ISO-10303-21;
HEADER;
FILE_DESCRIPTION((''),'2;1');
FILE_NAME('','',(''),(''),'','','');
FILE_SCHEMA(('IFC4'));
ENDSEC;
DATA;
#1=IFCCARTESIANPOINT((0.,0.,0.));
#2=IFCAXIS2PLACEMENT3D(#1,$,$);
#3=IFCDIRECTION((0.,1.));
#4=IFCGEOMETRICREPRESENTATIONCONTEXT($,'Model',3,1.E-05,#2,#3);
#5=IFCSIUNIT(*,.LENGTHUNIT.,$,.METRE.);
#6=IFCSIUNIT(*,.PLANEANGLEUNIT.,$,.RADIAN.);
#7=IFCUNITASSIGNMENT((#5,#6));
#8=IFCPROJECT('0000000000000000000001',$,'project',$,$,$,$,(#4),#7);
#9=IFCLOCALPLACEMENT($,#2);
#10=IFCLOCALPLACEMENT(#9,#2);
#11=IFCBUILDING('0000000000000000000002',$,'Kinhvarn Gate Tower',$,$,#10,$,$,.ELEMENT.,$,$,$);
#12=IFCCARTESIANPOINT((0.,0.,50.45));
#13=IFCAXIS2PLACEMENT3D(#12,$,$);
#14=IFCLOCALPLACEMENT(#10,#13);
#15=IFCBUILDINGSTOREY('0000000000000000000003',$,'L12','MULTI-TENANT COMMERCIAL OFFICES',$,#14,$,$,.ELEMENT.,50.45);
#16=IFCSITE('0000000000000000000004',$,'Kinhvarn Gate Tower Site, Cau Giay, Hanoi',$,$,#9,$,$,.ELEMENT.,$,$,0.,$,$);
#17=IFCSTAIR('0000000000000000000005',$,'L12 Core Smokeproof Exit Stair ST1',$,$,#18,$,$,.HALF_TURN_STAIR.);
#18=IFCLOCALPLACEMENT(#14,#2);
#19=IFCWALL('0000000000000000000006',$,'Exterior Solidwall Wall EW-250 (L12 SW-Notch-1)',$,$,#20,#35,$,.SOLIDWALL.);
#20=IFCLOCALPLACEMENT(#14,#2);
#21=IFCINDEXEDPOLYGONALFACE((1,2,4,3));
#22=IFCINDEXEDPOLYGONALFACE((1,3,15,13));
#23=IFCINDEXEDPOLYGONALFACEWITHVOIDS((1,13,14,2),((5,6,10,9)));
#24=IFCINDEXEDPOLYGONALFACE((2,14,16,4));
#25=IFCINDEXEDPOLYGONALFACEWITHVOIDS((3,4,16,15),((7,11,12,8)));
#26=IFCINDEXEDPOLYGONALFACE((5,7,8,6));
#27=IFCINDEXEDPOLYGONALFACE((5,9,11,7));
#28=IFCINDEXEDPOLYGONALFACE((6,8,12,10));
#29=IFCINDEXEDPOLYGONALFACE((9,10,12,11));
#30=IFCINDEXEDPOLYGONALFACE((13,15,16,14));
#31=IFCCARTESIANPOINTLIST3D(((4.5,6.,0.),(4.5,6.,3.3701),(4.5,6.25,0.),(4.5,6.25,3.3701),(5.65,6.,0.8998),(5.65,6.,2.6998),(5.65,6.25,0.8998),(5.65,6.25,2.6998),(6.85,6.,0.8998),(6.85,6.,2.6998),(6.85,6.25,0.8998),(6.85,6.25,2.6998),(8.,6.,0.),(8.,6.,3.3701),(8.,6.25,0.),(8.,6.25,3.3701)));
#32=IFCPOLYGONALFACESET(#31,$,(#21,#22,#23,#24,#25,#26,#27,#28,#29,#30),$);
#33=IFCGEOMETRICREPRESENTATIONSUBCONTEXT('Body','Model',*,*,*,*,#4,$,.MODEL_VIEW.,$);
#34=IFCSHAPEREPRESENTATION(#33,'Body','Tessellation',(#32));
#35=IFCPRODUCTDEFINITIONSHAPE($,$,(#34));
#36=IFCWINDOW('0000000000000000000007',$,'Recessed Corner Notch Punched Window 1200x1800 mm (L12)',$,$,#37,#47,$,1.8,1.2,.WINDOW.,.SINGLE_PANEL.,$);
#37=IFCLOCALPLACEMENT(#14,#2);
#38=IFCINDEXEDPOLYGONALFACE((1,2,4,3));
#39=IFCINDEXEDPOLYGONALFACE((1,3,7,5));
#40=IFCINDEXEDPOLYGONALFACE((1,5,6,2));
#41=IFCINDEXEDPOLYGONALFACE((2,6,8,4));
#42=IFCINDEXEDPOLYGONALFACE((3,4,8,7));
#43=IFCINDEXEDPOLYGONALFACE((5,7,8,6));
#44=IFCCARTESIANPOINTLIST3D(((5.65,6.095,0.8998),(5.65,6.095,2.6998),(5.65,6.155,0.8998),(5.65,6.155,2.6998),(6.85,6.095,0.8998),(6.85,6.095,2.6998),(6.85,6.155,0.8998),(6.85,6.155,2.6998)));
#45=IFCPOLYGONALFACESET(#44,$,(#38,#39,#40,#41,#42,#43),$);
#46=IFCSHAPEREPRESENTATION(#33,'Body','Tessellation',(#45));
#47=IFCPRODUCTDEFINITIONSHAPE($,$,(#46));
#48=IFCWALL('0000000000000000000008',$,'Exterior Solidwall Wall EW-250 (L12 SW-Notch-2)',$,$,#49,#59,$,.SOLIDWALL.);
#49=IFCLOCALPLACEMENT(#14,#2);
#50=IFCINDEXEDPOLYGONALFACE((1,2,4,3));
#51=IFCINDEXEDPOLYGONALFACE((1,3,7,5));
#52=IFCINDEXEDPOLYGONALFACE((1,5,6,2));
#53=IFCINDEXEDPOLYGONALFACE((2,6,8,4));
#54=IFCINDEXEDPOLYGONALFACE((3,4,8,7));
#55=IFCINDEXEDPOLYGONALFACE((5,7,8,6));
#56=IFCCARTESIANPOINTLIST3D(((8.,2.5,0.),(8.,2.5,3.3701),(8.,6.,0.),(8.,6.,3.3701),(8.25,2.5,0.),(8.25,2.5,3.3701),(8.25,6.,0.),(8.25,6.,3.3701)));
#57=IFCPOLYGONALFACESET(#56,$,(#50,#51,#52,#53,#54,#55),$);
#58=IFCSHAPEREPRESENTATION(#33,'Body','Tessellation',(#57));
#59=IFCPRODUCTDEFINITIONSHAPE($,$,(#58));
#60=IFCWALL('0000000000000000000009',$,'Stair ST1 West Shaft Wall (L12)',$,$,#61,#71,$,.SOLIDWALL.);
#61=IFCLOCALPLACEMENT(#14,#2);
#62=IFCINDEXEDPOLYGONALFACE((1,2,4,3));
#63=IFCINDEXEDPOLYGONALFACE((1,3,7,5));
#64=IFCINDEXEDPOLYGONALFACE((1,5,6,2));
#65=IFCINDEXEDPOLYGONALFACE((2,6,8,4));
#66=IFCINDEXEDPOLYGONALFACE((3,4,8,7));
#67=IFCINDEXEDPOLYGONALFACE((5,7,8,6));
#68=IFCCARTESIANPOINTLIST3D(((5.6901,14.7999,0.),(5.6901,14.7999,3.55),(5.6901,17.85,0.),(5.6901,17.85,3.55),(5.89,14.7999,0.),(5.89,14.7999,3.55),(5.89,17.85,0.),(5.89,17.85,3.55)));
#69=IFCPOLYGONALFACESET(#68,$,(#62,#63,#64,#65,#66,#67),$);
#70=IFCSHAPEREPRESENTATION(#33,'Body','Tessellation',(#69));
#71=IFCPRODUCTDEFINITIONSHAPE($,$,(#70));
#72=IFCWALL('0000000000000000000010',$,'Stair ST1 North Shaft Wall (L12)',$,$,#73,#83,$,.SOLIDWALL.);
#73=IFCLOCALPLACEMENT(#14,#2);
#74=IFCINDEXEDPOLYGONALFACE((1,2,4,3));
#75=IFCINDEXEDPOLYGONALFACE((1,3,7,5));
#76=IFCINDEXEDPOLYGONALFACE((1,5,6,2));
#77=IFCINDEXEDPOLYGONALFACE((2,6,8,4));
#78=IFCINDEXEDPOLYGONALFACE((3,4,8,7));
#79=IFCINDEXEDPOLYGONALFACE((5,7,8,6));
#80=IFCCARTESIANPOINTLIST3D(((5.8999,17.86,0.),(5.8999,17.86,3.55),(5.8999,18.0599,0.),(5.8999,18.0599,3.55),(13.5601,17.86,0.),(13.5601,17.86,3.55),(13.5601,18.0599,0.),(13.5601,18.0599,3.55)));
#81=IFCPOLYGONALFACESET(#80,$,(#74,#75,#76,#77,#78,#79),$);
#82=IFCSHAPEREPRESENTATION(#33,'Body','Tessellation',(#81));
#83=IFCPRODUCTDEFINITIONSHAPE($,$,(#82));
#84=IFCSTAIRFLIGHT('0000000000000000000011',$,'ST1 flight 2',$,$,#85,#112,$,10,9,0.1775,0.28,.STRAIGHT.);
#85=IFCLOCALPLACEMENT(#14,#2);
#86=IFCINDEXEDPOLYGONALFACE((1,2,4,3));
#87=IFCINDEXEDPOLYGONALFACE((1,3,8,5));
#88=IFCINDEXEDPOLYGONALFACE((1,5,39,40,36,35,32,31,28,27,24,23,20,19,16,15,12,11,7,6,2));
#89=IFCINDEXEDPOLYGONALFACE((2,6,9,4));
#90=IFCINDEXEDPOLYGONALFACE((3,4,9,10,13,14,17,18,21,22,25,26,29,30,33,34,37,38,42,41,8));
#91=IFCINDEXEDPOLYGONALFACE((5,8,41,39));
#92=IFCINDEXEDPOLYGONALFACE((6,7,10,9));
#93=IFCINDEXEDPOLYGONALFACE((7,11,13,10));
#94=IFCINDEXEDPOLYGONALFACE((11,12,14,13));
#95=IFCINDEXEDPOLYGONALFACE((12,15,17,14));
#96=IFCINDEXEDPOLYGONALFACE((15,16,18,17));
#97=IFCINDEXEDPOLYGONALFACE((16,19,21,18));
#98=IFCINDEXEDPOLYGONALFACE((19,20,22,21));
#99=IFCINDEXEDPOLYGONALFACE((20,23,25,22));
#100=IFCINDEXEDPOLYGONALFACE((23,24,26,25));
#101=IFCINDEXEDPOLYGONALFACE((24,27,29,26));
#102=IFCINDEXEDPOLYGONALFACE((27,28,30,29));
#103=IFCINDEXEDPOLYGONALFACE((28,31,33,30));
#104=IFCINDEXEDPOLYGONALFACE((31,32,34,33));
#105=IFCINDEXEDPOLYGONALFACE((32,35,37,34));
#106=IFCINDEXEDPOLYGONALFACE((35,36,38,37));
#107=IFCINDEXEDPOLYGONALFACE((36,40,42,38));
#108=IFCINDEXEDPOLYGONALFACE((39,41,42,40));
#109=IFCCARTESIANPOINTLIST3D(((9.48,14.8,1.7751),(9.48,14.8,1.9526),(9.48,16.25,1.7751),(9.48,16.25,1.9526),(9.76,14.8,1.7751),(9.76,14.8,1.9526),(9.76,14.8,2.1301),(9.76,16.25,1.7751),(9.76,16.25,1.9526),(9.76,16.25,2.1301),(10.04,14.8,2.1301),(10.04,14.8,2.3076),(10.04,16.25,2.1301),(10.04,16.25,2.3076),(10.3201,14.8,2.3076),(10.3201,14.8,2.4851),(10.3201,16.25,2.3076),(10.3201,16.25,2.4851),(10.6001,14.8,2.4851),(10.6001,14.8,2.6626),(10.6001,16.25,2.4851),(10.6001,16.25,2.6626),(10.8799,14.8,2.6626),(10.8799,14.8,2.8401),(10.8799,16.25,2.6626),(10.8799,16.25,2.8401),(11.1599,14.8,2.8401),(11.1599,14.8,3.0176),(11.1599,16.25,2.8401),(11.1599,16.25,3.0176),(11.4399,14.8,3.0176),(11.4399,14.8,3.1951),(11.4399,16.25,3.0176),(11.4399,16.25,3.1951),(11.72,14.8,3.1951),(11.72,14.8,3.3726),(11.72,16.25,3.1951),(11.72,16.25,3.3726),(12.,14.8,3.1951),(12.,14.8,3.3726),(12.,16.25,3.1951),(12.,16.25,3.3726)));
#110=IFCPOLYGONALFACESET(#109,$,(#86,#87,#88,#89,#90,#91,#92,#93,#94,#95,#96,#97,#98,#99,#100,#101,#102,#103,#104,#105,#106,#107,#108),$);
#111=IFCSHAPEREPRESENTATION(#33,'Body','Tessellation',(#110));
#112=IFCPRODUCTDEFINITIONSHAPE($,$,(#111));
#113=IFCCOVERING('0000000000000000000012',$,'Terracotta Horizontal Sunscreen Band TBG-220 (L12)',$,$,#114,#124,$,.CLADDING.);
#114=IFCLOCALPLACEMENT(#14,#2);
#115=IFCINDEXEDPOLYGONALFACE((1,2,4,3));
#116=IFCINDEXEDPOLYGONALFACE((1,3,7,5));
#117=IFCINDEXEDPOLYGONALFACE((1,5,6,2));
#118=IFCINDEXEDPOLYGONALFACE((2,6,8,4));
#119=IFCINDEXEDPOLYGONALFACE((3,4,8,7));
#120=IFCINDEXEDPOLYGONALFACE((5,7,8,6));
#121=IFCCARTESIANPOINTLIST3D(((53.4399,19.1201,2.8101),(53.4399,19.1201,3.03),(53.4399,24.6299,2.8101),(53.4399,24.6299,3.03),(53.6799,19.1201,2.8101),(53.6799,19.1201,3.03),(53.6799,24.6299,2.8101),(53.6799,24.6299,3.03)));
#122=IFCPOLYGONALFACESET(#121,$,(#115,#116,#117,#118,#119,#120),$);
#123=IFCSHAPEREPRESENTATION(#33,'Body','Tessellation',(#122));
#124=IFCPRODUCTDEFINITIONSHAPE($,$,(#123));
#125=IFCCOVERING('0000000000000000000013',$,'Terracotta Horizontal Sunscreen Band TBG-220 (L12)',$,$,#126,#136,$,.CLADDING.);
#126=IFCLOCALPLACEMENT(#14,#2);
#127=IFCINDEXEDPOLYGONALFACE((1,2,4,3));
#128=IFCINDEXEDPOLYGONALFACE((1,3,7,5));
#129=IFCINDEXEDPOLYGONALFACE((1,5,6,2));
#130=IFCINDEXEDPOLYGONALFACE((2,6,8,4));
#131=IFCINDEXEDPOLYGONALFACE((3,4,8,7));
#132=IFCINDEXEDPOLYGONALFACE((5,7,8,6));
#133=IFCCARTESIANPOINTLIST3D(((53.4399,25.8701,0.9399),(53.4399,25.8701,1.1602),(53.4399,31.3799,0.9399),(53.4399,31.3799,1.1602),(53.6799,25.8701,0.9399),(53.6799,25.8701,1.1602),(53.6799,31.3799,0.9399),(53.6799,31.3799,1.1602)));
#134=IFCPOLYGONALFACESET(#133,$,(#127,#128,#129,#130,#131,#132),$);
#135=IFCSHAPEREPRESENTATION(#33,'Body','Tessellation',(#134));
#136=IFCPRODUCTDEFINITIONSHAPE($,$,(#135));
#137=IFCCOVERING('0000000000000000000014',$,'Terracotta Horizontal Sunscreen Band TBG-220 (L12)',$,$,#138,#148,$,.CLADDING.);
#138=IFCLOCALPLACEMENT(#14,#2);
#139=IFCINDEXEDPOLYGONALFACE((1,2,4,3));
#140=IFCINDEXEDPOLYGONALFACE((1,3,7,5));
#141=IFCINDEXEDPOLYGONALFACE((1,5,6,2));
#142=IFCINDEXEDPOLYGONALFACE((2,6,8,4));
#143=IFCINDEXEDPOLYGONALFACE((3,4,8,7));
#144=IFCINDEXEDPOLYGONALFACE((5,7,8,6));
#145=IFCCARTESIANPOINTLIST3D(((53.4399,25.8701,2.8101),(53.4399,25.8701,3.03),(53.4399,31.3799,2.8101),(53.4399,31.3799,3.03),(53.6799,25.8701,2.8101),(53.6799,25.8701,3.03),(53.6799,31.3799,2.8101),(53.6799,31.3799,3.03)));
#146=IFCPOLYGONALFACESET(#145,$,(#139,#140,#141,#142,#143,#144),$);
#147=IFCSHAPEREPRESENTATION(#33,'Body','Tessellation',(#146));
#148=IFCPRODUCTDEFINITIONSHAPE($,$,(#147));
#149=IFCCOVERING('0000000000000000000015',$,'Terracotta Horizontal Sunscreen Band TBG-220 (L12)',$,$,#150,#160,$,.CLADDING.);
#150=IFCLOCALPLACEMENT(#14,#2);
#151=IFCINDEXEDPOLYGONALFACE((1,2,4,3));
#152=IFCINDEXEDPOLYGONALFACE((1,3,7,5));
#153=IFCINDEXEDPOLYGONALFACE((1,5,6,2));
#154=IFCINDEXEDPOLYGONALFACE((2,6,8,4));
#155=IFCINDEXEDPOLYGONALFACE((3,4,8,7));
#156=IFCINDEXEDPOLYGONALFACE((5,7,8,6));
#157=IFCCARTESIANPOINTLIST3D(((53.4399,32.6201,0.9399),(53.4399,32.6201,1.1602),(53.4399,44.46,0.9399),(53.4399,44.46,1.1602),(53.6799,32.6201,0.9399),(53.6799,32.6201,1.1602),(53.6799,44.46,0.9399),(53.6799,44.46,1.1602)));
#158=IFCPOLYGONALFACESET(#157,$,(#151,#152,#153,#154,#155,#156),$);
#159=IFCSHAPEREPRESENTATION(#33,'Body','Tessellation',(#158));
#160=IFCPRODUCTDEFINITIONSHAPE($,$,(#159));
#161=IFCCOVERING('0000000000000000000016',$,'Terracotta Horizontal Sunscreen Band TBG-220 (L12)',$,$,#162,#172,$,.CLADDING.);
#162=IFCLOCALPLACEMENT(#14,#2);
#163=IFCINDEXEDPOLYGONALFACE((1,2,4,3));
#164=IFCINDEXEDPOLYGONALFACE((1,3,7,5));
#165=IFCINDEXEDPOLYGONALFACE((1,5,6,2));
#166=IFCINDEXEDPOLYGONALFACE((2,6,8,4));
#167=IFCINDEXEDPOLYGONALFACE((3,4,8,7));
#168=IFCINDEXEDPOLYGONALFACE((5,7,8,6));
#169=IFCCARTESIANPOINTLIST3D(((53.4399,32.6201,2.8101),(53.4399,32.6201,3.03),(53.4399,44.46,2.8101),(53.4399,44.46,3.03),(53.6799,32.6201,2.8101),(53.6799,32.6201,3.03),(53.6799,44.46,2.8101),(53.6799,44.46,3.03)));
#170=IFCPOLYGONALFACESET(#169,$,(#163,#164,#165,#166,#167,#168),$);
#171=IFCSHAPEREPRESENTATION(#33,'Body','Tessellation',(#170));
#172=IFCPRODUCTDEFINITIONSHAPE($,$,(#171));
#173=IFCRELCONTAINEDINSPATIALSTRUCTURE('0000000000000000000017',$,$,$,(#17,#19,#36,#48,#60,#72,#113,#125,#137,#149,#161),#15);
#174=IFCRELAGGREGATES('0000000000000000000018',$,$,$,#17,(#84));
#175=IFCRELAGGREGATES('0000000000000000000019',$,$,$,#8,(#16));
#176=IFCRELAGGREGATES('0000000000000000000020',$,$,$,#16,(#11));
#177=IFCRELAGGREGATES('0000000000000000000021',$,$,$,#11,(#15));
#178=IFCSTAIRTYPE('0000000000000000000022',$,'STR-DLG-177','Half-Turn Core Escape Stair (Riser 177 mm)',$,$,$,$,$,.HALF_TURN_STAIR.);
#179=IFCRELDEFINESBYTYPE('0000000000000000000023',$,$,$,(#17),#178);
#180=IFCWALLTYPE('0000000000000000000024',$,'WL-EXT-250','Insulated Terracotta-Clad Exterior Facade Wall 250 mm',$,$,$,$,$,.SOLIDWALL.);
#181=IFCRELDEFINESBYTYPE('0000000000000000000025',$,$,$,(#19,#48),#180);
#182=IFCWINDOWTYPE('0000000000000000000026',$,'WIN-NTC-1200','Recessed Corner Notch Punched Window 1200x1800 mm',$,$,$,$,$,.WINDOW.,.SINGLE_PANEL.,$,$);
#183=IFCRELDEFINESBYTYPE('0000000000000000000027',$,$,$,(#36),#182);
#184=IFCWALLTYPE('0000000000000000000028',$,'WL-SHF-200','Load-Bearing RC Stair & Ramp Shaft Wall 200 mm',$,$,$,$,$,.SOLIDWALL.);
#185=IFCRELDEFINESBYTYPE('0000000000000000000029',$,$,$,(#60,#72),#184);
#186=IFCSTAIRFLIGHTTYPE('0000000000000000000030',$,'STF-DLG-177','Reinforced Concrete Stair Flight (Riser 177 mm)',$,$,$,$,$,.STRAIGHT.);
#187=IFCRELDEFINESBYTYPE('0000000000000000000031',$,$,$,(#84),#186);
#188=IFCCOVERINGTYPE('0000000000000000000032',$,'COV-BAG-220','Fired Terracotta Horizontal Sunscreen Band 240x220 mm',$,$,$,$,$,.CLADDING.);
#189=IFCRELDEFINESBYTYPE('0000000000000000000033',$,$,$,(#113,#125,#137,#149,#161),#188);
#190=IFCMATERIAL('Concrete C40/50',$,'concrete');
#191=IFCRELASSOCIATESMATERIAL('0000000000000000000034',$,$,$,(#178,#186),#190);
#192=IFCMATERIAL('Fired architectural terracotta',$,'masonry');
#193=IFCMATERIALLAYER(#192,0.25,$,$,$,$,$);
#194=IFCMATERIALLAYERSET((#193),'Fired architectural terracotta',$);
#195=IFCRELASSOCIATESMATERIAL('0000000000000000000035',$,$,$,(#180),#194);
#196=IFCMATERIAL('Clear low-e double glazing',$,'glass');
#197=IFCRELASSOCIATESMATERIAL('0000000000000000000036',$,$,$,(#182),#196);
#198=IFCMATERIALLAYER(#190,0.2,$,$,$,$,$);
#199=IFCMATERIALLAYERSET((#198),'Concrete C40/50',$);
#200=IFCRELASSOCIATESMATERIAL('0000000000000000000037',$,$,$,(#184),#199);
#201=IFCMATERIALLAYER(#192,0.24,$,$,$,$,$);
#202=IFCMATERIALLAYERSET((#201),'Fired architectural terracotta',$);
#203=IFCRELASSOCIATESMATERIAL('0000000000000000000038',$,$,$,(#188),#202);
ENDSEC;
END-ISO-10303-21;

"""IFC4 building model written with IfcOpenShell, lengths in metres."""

from ifc_helpers import new_model, si_unit, direction, frame, frame_2d, origin, place, context, subcontext, project, spatial, polyline, rectangle, outline, extrude, material, layer, layer_set, type_object, element, fill, aggregate, save


model = new_model("IFC4")

# Units and contexts
model_context = context("Model", 3, precision=1e-05, world=origin(), true_north=direction((0.0, 1.0)))
body_context = subcontext(model_context, "Body", "Model", "MODEL_VIEW")
ifc_project = project(units=[si_unit("LENGTHUNIT", "METRE"), si_unit("PLANEANGLEUNIT", "RADIAN")], contexts=[model_context])

# Site, building, storey
site_placement = place(None, origin())
site = spatial("IfcSite", under=ifc_project, at=site_placement, Name="Kinhvarn Gate Tower Site, Cau Giay, Hanoi", CompositionType="ELEMENT", RefElevation=0.0)
building_placement = place(site_placement, origin())
building = spatial("IfcBuilding", under=site, at=building_placement, Name="Kinhvarn Gate Tower", CompositionType="ELEMENT")
storey_placement = place(building_placement, frame((0.0, 0.0, 50.45)))
storey = spatial("IfcBuildingStorey", under=building, at=storey_placement, Name="L12", Description="MULTI-TENANT COMMERCIAL OFFICES", CompositionType="ELEMENT", Elevation=50.45)

# Shared definitions
ifc_material_1 = material(Name="Clear low-e double glazing", Category="glass")

# Stair
ifc_material_2 = material(Name="Concrete C40/50", Category="concrete")
stair_type = type_object("IfcStairType", Name="STR-DLG-177", Description="Half-Turn Core Escape Stair (Riser 177 mm)", PredefinedType="HALF_TURN_STAIR", material=ifc_material_2)
stair_1_placement = place(storey_placement, origin())
stair_1 = element("IfcStair", 1, at=stair_1_placement, inside=storey, type_object=stair_type, Name="L12 Core Smokeproof Exit Stair ST1", PredefinedType="HALF_TURN_STAIR")

# Wall, opening, window
ifc_material_3 = material(Name="Fired architectural terracotta", Category="masonry")
ifc_layer_1 = layer(ifc_material_3, 0.25)
ifc_layer_set_1 = layer_set([ifc_layer_1], Name="Fired architectural terracotta")
wall_type_1 = type_object("IfcWallType", Name="WL-EXT-250", Description="Insulated Terracotta-Clad Exterior Facade Wall 250 mm", PredefinedType="SOLIDWALL", material=ifc_layer_set_1)
wall_1_placement = place(storey_placement, frame((4.5, 6.125, 0.0), z_axis=(0.0, 0.0, 1.0), x_axis=(1.0, 0.0, 0.0)))
wall_1 = element("IfcWall", 2, at=wall_1_placement, inside=storey, type_object=wall_type_1, Name="Exterior Solidwall Wall EW-250 (L12 SW-Notch-1)", PredefinedType="SOLIDWALL", context=body_context, shape_type="SweptSolid", body=[
    extrude(rectangle(XDim=3.5, YDim=0.25, at=frame_2d((1.75, 0.0))), origin(), (0.0, 0.0, 1.0), 3.3701),
])
opening_1_placement = place(wall_1_placement, frame((1.1499, 0.0, 0.8999)))
opening_1 = element("IfcOpeningElement", 3, at=opening_1_placement, cuts=wall_1, PredefinedType="OPENING", context=body_context, shape_type="SweptSolid", body=[
    extrude(rectangle(XDim=1.2, YDim=1.8, at=frame_2d((0.6001, 0.8999))), frame((0.0, 0.135, 0.0), z_axis=(0.0, -1.0, 0.0), x_axis=(1.0, 0.0, 0.0)), (0.0, 0.0, 1.0), 0.27),
])
window_type_1 = type_object("IfcWindowType", Name="WIN-NTC-1200", Description="Recessed Corner Notch Punched Window 1200x1800 mm", PartitioningType="SINGLE_PANEL", PredefinedType="WINDOW", material=ifc_material_1)
window_1_placement = place(opening_1_placement, origin())
window_1 = element("IfcWindow", 4, at=window_1_placement, inside=storey, type_object=window_type_1, Name="Recessed Corner Notch Punched Window 1200x1800 mm (L12)", OverallHeight=1.8, OverallWidth=1.2, PartitioningType="SINGLE_PANEL", PredefinedType="WINDOW", context=body_context, shape_type="SweptSolid", body=[
    extrude(rectangle(XDim=1.2, YDim=1.8, at=frame_2d((0.6001, 0.8999))), frame((0.0, 0.03, 0.0), z_axis=(0.0, -1.0, 0.0), x_axis=(1.0, 0.0, 0.0)), (0.0, 0.0, 1.0), 0.0601),
])
fill(opening_1, window_1)

# Walls
wall_2_placement = place(storey_placement, frame((8.125, 6.0, 0.0), z_axis=(0.0, 0.0, 1.0), x_axis=(0.0, -1.0, 0.0)))
element("IfcWall", 5, at=wall_2_placement, inside=storey, type_object=wall_type_1, Name="Exterior Solidwall Wall EW-250 (L12 SW-Notch-2)", PredefinedType="SOLIDWALL", context=body_context, shape_type="SweptSolid", body=[
    extrude(rectangle(XDim=3.5, YDim=0.25, at=frame_2d((1.75, 0.0))), origin(), (0.0, 0.0, 1.0), 3.3701),
])
ifc_layer_2 = layer(ifc_material_2, 0.2)
ifc_layer_set_2 = layer_set([ifc_layer_2], Name="Concrete C40/50")
wall_type_2 = type_object("IfcWallType", Name="WL-SHF-200", Description="Load-Bearing RC Stair & Ramp Shaft Wall 200 mm", PredefinedType="SOLIDWALL", material=ifc_layer_set_2)
wall_3_placement = place(storey_placement, frame((5.79, 14.8, 0.0), z_axis=(0.0, 0.0, 1.0), x_axis=(0.0, 1.0, 0.0)))
element("IfcWall", 6, at=wall_3_placement, inside=storey, type_object=wall_type_2, Name="Stair ST1 West Shaft Wall (L12)", PredefinedType="SOLIDWALL", context=body_context, shape_type="SweptSolid", body=[
    extrude(rectangle(XDim=3.05, YDim=0.2, at=frame_2d((1.5249, 0.0))), origin(), (0.0, 0.0, 1.0), 3.55),
])
wall_4_placement = place(storey_placement, frame((5.8999, 17.96, 0.0), z_axis=(0.0, 0.0, 1.0), x_axis=(1.0, 0.0, 0.0)))
element("IfcWall", 7, at=wall_4_placement, inside=storey, type_object=wall_type_2, Name="Stair ST1 North Shaft Wall (L12)", PredefinedType="SOLIDWALL", context=body_context, shape_type="SweptSolid", body=[
    extrude(rectangle(XDim=7.6602, YDim=0.2, at=frame_2d((3.8301, 0.0))), origin(), (0.0, 0.0, 1.0), 3.55),
])

# Stair flight
stair_flight_type = type_object("IfcStairFlightType", Name="STF-DLG-177", Description="Reinforced Concrete Stair Flight (Riser 177 mm)", PredefinedType="STRAIGHT", material=ifc_material_2)
stair_flight_placement = place(storey_placement, frame((9.48, 15.5249, 1.7751), z_axis=(0.0, 0.0, 1.0), x_axis=(1.0, 0.0, 0.0)))
stair_flight = element("IfcStairFlight", 8, at=stair_flight_placement, type_object=stair_flight_type, Name="ST1 flight 2", NumberOfRisers=10, NumberOfTreads=9, PredefinedType="STRAIGHT", RiserHeight=0.1775, TreadLength=0.28, context=body_context, shape_type="SweptSolid", body=[
    extrude(outline(polyline([(0.0, 0.0), (0.0, 0.1775), (0.28, 0.1775), (0.28, 0.355), (0.5601, 0.355), (0.5601, 0.5325), (0.8401, 0.5325), (0.8401, 0.71), (1.1201, 0.71), (1.1201, 0.8875), (1.3999, 0.8875), (1.3999, 1.0649), (1.6799, 1.0649), (1.6799, 1.2424), (1.96, 1.2424), (1.96, 1.4199), (2.24, 1.4199), (2.24, 1.5974), (2.52, 1.5974), (2.52, 1.7749), (2.52, 1.4199), (0.28, 0.0), (0.0, 0.0)])), frame((0.0, 0.7251, 0.0), z_axis=(0.0, -1.0, 0.0), x_axis=(1.0, 0.0, 0.0)), (0.0, 0.0, 1.0), 1.45),
])
aggregate(stair_1, [stair_flight])

# Coverings
ifc_layer_3 = layer(ifc_material_3, 0.24)
ifc_layer_set_3 = layer_set([ifc_layer_3], Name="Fired architectural terracotta")
covering_type_1 = type_object("IfcCoveringType", Name="COV-BAG-220", Description="Fired Terracotta Horizontal Sunscreen Band 240x220 mm", PredefinedType="CLADDING", material=ifc_layer_set_3)
covering_1_placement = place(storey_placement, frame((0.0, 0.0, 2.8101)))
element("IfcCovering", 9, at=covering_1_placement, inside=storey, type_object=covering_type_1, Name="Terracotta Horizontal Sunscreen Band TBG-220 (L12)", PredefinedType="CLADDING", context=body_context, shape_type="SweptSolid", body=[
    extrude(outline(polyline([(53.4399, 19.1201), (53.4399, 24.6299), (53.6799, 24.6299), (53.6799, 19.1201), (53.4399, 19.1201)])), origin(), (0.0, 0.0, 1.0), 0.22),
])
covering_2_placement = place(storey_placement, frame((0.0, 0.0, 0.9399)))
element("IfcCovering", 10, at=covering_2_placement, inside=storey, type_object=covering_type_1, Name="Terracotta Horizontal Sunscreen Band TBG-220 (L12)", PredefinedType="CLADDING", context=body_context, shape_type="SweptSolid", body=[
    extrude(outline(polyline([(53.4399, 25.8701), (53.4399, 31.3799), (53.6799, 31.3799), (53.6799, 25.8701), (53.4399, 25.8701)])), origin(), (0.0, 0.0, 1.0), 0.2202),
])
covering_3_placement = place(storey_placement, frame((0.0, 0.0, 2.8101)))
element("IfcCovering", 11, at=covering_3_placement, inside=storey, type_object=covering_type_1, Name="Terracotta Horizontal Sunscreen Band TBG-220 (L12)", PredefinedType="CLADDING", context=body_context, shape_type="SweptSolid", body=[
    extrude(outline(polyline([(53.4399, 25.8701), (53.4399, 31.3799), (53.6799, 31.3799), (53.6799, 25.8701), (53.4399, 25.8701)])), origin(), (0.0, 0.0, 1.0), 0.22),
])
covering_4_placement = place(storey_placement, frame((0.0, 0.0, 0.9399)))
element("IfcCovering", 12, at=covering_4_placement, inside=storey, type_object=covering_type_1, Name="Terracotta Horizontal Sunscreen Band TBG-220 (L12)", PredefinedType="CLADDING", context=body_context, shape_type="SweptSolid", body=[
    extrude(outline(polyline([(53.4399, 32.6201), (53.4399, 44.46), (53.6799, 44.46), (53.6799, 32.6201), (53.4399, 32.6201)])), origin(), (0.0, 0.0, 1.0), 0.2202),
])
covering_5_placement = place(storey_placement, frame((0.0, 0.0, 2.8101)))
element("IfcCovering", 13, at=covering_5_placement, inside=storey, type_object=covering_type_1, Name="Terracotta Horizontal Sunscreen Band TBG-220 (L12)", PredefinedType="CLADDING", context=body_context, shape_type="SweptSolid", body=[
    extrude(outline(polyline([(53.4399, 32.6201), (53.4399, 44.46), (53.6799, 44.46), (53.6799, 32.6201), (53.4399, 32.6201)])), origin(), (0.0, 0.0, 1.0), 0.22),
])

save(model, "model.ifc")
